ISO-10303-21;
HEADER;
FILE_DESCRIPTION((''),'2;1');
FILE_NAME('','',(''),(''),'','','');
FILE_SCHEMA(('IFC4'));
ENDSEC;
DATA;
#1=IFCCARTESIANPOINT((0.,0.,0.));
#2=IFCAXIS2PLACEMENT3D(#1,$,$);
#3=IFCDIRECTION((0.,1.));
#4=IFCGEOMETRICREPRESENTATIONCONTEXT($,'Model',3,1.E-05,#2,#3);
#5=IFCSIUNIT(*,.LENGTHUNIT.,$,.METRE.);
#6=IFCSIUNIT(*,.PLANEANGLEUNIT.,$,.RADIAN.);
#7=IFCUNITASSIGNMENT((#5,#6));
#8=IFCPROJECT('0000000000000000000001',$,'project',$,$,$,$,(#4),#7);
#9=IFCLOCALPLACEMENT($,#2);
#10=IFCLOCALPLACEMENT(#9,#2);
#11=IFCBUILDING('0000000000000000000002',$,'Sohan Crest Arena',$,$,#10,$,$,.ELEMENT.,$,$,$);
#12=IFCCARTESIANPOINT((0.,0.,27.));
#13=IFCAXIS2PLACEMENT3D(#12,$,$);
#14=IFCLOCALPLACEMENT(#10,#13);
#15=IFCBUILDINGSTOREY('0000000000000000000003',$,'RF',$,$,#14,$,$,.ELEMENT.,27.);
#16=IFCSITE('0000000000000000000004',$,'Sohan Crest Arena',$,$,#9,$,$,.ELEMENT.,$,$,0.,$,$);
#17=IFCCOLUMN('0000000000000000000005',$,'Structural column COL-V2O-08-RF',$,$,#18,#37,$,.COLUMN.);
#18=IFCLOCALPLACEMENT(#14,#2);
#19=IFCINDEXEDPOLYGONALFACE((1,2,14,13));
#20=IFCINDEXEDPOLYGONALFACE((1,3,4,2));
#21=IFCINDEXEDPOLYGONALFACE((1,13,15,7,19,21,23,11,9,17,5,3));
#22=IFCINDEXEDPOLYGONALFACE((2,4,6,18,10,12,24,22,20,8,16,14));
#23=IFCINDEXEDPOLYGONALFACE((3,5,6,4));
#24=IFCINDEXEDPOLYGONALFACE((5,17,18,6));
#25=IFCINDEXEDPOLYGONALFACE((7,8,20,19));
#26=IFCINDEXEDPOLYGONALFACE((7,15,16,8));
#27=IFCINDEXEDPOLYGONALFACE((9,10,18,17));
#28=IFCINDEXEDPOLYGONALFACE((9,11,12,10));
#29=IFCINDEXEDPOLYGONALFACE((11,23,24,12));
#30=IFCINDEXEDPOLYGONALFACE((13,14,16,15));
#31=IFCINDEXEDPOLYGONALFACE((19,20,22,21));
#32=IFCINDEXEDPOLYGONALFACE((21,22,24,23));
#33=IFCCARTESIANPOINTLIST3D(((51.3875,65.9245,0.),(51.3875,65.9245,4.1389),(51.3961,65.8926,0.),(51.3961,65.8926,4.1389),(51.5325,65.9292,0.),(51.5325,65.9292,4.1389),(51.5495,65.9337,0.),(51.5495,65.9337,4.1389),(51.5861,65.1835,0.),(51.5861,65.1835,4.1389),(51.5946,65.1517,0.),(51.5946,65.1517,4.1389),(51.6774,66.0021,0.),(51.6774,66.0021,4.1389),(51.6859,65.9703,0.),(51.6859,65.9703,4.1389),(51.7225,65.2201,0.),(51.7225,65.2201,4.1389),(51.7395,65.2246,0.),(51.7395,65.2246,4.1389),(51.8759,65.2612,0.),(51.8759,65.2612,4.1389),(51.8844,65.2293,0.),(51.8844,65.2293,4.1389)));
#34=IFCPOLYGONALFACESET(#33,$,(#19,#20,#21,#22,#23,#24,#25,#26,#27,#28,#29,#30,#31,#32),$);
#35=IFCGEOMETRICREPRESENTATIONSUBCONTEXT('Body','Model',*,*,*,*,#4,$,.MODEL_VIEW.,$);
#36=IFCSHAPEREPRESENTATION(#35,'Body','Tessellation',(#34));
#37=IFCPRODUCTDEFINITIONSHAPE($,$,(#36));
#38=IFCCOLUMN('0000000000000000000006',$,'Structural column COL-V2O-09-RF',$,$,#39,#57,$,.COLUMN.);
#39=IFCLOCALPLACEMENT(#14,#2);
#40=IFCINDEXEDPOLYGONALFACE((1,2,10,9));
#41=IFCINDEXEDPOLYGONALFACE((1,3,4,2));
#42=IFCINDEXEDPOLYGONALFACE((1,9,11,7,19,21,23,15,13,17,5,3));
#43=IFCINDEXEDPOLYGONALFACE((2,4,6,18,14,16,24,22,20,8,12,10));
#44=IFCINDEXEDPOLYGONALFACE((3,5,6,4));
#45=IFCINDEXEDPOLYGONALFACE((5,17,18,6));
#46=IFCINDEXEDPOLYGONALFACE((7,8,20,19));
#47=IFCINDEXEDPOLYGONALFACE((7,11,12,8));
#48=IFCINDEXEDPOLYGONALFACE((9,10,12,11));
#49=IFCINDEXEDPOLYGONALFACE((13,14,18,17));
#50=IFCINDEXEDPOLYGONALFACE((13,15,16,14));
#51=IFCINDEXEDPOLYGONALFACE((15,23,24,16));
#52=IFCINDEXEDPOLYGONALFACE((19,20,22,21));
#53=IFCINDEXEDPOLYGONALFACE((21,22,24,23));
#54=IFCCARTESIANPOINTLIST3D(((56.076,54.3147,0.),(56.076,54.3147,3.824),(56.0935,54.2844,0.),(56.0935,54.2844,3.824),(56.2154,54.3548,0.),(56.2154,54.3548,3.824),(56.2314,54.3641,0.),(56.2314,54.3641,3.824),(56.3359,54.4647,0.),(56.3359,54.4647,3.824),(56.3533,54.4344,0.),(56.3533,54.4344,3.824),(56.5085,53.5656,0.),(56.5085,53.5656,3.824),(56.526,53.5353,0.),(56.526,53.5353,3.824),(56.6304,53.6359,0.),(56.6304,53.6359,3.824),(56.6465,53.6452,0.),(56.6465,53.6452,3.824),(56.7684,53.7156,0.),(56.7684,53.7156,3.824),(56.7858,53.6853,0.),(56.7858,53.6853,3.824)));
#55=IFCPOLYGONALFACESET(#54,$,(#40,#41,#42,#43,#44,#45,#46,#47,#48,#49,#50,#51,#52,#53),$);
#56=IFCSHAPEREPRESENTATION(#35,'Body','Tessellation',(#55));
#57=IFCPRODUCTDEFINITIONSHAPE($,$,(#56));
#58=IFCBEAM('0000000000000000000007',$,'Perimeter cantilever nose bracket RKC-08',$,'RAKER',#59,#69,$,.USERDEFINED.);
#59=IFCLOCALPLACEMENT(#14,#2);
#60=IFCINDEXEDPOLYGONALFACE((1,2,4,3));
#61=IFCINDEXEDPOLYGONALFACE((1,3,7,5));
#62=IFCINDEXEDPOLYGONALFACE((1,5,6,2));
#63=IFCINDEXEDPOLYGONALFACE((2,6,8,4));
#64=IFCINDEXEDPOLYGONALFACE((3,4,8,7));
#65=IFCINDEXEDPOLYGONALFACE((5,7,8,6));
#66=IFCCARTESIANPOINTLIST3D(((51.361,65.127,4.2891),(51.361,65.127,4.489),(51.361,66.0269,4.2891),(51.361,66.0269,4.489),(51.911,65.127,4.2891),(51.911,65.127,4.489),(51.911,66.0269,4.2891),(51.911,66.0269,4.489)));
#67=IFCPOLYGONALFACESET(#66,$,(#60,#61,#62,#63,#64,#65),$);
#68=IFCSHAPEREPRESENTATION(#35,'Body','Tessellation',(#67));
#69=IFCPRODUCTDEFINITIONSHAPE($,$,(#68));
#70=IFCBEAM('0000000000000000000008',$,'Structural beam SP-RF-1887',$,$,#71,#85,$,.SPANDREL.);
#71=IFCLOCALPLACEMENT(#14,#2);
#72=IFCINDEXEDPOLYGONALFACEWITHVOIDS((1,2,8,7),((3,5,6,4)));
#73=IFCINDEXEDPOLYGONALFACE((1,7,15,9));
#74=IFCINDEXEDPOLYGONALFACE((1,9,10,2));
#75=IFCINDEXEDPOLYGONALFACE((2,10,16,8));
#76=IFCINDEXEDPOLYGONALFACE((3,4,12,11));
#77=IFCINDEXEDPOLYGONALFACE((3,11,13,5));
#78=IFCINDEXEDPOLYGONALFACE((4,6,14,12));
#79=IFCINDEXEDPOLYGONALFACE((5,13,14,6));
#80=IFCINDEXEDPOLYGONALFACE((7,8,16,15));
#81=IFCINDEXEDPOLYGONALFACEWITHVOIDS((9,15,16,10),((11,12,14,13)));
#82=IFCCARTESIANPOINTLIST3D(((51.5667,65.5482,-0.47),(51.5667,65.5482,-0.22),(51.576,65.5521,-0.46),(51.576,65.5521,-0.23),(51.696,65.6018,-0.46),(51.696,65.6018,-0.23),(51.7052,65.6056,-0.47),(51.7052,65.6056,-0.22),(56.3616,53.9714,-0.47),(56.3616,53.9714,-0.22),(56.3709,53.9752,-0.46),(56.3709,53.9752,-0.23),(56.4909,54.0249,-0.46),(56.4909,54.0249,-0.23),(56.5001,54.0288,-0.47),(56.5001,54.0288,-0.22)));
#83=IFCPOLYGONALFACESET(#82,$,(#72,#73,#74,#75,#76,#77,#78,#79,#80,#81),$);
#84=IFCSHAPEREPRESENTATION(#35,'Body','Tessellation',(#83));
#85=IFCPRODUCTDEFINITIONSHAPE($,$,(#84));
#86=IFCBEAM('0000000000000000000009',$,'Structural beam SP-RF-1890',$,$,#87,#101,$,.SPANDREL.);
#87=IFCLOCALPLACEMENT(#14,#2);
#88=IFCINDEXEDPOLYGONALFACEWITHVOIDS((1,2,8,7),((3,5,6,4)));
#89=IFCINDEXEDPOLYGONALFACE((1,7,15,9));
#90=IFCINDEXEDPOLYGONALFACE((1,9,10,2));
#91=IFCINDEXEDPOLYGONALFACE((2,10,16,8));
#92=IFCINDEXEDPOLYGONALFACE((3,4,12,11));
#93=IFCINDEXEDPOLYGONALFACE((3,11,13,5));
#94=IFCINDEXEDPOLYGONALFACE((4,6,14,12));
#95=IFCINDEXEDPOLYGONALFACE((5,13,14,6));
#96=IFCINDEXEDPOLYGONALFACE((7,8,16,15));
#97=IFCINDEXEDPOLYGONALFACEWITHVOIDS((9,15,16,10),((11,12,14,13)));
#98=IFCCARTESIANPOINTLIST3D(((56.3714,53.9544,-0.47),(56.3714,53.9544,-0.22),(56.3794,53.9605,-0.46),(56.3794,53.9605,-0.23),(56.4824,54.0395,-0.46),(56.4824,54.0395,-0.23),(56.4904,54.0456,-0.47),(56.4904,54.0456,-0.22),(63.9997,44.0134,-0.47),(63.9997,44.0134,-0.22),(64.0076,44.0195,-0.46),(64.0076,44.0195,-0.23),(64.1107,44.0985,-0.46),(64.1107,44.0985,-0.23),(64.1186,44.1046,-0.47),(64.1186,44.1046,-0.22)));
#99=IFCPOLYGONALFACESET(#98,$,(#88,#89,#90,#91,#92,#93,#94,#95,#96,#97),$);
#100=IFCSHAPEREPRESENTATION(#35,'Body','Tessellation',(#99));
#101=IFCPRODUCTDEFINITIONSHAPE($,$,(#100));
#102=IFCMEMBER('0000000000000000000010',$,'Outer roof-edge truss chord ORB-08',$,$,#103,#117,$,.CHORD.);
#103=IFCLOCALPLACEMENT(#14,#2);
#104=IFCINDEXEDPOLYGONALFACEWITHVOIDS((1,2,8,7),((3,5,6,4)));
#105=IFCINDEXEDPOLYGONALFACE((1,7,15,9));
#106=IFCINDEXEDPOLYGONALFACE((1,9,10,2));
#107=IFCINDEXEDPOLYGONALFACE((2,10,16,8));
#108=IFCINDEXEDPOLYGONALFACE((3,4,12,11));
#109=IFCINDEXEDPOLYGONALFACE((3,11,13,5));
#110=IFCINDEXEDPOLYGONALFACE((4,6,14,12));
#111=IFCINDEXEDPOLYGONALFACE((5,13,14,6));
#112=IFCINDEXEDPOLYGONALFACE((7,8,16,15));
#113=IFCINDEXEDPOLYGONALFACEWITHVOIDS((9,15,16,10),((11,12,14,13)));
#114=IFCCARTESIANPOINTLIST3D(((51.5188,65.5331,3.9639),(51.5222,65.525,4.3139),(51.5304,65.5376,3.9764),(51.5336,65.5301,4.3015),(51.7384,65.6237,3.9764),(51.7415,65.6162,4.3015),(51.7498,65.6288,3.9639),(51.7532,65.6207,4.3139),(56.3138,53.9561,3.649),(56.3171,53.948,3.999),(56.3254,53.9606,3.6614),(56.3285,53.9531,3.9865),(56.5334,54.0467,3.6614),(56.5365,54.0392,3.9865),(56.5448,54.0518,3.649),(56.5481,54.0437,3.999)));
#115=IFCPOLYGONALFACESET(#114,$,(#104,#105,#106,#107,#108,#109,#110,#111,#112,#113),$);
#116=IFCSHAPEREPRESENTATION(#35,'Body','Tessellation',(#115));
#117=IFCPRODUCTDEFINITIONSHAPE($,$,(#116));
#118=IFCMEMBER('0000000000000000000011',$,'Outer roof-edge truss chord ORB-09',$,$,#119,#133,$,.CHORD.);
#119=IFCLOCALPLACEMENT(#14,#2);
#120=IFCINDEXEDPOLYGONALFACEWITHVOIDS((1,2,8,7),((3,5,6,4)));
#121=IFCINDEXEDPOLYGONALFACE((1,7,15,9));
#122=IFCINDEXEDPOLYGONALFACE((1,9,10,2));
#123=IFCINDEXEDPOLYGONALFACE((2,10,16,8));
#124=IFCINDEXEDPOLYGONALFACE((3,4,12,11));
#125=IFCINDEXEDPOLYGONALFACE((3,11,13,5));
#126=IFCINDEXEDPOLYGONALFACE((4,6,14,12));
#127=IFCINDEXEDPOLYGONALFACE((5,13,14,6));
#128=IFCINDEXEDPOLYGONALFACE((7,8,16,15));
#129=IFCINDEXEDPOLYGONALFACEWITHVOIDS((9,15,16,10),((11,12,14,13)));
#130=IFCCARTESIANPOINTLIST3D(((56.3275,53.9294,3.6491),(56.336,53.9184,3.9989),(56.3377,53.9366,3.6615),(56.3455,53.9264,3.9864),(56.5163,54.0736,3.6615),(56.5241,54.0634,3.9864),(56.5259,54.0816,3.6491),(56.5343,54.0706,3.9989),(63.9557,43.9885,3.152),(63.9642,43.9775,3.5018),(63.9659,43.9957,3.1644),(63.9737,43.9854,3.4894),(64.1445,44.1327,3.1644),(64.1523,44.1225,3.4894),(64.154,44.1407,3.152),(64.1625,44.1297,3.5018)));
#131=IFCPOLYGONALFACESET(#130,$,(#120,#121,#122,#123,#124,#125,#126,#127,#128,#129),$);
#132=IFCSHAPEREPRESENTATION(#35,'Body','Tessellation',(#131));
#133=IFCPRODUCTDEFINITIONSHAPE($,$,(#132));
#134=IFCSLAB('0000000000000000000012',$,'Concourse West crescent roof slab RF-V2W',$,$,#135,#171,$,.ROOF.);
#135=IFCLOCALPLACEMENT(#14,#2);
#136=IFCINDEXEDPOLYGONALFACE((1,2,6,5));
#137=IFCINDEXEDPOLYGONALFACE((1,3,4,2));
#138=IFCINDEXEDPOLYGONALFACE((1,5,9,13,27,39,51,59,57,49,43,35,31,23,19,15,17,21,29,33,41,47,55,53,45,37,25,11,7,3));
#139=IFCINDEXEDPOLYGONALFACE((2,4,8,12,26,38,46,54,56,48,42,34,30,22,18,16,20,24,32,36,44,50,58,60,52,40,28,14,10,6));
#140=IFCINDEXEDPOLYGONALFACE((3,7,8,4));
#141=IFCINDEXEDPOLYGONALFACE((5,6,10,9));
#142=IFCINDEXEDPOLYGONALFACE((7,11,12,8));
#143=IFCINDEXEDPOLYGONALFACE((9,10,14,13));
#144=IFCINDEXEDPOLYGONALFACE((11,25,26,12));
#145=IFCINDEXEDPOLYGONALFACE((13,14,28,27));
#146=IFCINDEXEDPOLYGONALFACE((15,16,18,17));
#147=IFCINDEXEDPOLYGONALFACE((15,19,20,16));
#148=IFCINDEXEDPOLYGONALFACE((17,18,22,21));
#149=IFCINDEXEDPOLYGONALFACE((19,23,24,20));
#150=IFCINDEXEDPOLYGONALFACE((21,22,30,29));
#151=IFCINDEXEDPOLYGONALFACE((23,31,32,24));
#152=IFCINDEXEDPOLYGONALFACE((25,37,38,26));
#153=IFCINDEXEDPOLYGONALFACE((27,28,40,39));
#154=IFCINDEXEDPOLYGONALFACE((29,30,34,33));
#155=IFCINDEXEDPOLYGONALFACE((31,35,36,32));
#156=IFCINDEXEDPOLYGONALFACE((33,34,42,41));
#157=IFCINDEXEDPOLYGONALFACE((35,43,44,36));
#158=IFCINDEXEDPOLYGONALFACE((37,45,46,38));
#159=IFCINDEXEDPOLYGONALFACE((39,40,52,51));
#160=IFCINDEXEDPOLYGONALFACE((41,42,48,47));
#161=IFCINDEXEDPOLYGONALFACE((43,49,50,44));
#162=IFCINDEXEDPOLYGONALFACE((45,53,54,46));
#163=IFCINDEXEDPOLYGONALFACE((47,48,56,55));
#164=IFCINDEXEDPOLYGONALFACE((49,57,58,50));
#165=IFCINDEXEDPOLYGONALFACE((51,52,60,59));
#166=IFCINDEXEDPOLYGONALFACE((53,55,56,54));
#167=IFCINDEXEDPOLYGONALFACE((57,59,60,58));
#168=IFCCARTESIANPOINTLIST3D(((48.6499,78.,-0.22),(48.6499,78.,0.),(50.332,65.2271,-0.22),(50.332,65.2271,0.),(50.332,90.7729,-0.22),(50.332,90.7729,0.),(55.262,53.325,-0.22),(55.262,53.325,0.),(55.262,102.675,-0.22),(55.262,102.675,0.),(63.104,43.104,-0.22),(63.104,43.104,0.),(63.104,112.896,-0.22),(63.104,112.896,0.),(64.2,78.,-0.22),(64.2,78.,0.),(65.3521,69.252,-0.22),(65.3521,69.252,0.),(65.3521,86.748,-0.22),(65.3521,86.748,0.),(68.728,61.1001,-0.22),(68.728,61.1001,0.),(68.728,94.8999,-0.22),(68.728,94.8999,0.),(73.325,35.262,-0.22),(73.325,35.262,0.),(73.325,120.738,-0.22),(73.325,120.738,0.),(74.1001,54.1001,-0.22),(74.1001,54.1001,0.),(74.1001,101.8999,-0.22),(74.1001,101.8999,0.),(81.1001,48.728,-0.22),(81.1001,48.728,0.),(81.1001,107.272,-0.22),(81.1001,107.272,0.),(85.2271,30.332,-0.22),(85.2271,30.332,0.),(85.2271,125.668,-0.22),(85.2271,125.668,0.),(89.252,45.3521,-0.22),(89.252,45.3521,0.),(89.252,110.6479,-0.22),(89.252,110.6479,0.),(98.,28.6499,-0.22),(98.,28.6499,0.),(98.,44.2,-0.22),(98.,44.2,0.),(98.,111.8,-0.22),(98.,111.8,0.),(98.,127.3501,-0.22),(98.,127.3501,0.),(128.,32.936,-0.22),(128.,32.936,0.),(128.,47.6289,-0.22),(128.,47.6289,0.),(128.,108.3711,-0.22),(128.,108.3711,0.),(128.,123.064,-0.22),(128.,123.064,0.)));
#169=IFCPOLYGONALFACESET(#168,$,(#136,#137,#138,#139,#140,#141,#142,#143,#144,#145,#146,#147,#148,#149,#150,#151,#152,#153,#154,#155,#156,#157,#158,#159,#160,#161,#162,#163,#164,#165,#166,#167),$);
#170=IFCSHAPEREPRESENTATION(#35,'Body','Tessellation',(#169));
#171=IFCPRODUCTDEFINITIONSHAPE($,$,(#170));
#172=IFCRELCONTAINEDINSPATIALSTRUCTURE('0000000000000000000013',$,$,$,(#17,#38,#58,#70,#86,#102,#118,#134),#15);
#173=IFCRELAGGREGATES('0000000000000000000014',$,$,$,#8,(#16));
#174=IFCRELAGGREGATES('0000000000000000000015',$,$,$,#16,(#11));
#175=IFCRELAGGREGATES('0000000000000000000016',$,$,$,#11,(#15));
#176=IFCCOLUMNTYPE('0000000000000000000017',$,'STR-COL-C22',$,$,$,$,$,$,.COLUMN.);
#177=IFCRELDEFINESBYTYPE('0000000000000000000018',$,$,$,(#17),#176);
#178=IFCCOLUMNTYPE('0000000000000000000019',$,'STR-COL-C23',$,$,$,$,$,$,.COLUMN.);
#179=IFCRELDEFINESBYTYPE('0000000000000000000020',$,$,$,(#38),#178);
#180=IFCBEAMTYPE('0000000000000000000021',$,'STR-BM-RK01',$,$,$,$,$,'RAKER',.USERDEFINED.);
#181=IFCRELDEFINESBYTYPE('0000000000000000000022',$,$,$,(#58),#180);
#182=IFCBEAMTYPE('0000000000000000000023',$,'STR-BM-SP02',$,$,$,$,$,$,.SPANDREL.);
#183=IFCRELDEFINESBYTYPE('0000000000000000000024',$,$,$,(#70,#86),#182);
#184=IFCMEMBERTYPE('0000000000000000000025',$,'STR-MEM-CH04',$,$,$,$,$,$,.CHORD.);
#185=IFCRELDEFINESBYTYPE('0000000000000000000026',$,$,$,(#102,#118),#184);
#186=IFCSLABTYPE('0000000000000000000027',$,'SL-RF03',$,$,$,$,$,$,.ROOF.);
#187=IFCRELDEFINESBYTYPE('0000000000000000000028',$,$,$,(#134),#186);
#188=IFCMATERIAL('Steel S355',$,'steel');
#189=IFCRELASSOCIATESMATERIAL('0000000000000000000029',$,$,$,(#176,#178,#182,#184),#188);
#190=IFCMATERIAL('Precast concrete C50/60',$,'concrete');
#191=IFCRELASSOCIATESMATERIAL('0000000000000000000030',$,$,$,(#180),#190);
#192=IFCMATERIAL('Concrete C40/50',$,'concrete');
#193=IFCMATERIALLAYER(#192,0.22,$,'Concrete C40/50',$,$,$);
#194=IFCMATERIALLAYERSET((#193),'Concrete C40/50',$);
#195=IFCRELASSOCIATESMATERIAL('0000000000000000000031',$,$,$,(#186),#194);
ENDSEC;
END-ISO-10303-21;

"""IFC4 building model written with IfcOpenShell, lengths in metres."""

from ifc_helpers import new_model, si_unit, direction, frame, origin, origin_2d, place, context, subcontext, project, spatial, polyline, rectangle, hollow_rectangle, i_section, outline, extrude, material, layer, layer_set, material_profile, profile_set, type_object, element, save


model = new_model("IFC4")

# Units and contexts
model_context = context("Model", 3, precision=1e-05, world=origin(), true_north=direction((0.0, 1.0)))
body_context = subcontext(model_context, "Body", "Model", "MODEL_VIEW")
ifc_project = project(units=[si_unit("LENGTHUNIT", "METRE"), si_unit("PLANEANGLEUNIT", "RADIAN")], contexts=[model_context])

# Site, building, storey
site_placement = place(None, origin())
site = spatial("IfcSite", under=ifc_project, at=site_placement, Name="Sohan Crest Arena", CompositionType="ELEMENT", RefElevation=0.0)
building_placement = place(site_placement, origin())
building = spatial("IfcBuilding", under=site, at=building_placement, Name="Sohan Crest Arena", CompositionType="ELEMENT")
storey_placement = place(building_placement, frame((0.0, 0.0, 27.0)))
storey = spatial("IfcBuildingStorey", under=building, at=storey_placement, Name="RF", CompositionType="ELEMENT", Elevation=27.0)

# Columns
ifc_material_1 = material(Name="Steel S355", Category="steel")
ifc_material_profile_1 = material_profile(ifc_material_1, i_section(OverallWidth=0.3, OverallDepth=0.8, WebThickness=0.0176, FlangeThickness=0.033, at=origin_2d()), Name="HEB 800")
ifc_profile_set_1 = profile_set([ifc_material_profile_1], Name="Steel S355")
column_type_1 = type_object("IfcColumnType", Name="STR-COL-C22", PredefinedType="COLUMN", material=ifc_profile_set_1)
column_1_placement = place(storey_placement, frame((51.636, 65.5769, 0.0), z_axis=(0.0, 0.0, 1.0), x_axis=(0.965926, 0.258819, 0.0)))
element("IfcColumn", 1, at=column_1_placement, inside=storey, type_object=column_type_1, Name="Structural column COL-V2O-08-RF", PredefinedType="COLUMN", context=body_context, shape_type="SweptSolid", body=[
    extrude(i_section(OverallWidth=0.3, OverallDepth=0.8, WebThickness=0.0176, FlangeThickness=0.033, at=origin_2d()), origin(), (0.0, 0.0, 1.0), 4.1389),
])
ifc_material_profile_2 = material_profile(ifc_material_1, i_section(OverallWidth=0.3, OverallDepth=0.8999, WebThickness=0.0186, FlangeThickness=0.0349, at=origin_2d()), Name="HEB 900")
ifc_profile_set_2 = profile_set([ifc_material_profile_2], Name="Steel S355")
column_type_2 = type_object("IfcColumnType", Name="STR-COL-C23", PredefinedType="COLUMN", material=ifc_profile_set_2)
column_2_placement = place(storey_placement, frame((56.4309, 54.0, 0.0), z_axis=(0.0, 0.0, 1.0), x_axis=(0.866025, 0.5, 0.0)))
element("IfcColumn", 2, at=column_2_placement, inside=storey, type_object=column_type_2, Name="Structural column COL-V2O-09-RF", PredefinedType="COLUMN", context=body_context, shape_type="SweptSolid", body=[
    extrude(i_section(OverallWidth=0.3, OverallDepth=0.8999, WebThickness=0.0186, FlangeThickness=0.0349, at=origin_2d()), origin(), (0.0, 0.0, 1.0), 3.824),
])

# Beams
ifc_material_2 = material(Name="Precast concrete C50/60", Category="concrete")
ifc_material_profile_3 = material_profile(ifc_material_2, rectangle(XDim=0.55, YDim=0.8999, at=origin_2d()), Name="RAKER 550x900")
ifc_profile_set_3 = profile_set([ifc_material_profile_3], Name="Precast concrete C50/60")
beam_type_1 = type_object("IfcBeamType", Name="STR-BM-RK01", ElementType="RAKER", PredefinedType="USERDEFINED", material=ifc_profile_set_3)
beam_placement = place(storey_placement, frame((51.636, 65.5769, 4.489), z_axis=(0.0, 0.0, -1.0), x_axis=(1.0, 0.0, 0.0)))
element("IfcBeam", 3, at=beam_placement, inside=storey, type_object=beam_type_1, Name="Perimeter cantilever nose bracket RKC-08", ObjectType="RAKER", PredefinedType="USERDEFINED", context=body_context, shape_type="SweptSolid", body=[
    extrude(rectangle(XDim=0.55, YDim=0.8999, at=origin_2d()), origin(), (0.0, 0.0, 1.0), 0.2),
])
ifc_material_profile_4 = material_profile(ifc_material_1, hollow_rectangle(XDim=0.1499, YDim=0.25, WallThickness=0.01, at=origin_2d()), Name="RHS 250x150x10")
ifc_profile_set_4 = profile_set([ifc_material_profile_4], Name="Steel S355")
beam_type_2 = type_object("IfcBeamType", Name="STR-BM-SP02", PredefinedType="SPANDREL", material=ifc_profile_set_4)
for number, where, z_axis, x_axis, name in (
    (4, (51.636, 65.5769, -0.345), (0.382657, -0.923891, 0.0), (0.923891, 0.382657, 0.0), "Structural beam SP-RF-1887"),
    (5, (56.4309, 54.0, -0.345), (0.608773, -0.793344, 0.0), (0.793344, 0.608773, 0.0), "Structural beam SP-RF-1890"),
):
    element("IfcBeam", number, at=place(storey_placement, frame(where, z_axis=z_axis, x_axis=x_axis)), inside=storey, type_object=beam_type_2, Name=name, PredefinedType="SPANDREL", context=body_context, shape_type="SweptSolid", body=[
        extrude(hollow_rectangle(XDim=0.1499, YDim=0.25, WallThickness=0.01, at=origin_2d()), origin(), (0.0, 0.0, 1.0), 12.5305),
    ])

# Members
ifc_material_profile_5 = material_profile(ifc_material_1, hollow_rectangle(XDim=0.25, YDim=0.3501, WallThickness=0.0125, at=origin_2d()), Name="RHS 350x250x12.5")
ifc_profile_set_5 = profile_set([ifc_material_profile_5], Name="Steel S355")
member_type = type_object("IfcMemberType", Name="STR-MEM-CH04", PredefinedType="CHORD", material=ifc_profile_set_5)
member_1_placement = place(storey_placement, frame((51.636, 65.5769, 4.1389), z_axis=(0.382536, -0.923599, -0.025126), x_axis=(0.923891, 0.382657, 0.0)))
element("IfcMember", 6, at=member_1_placement, inside=storey, type_object=member_type, Name="Outer roof-edge truss chord ORB-08", PredefinedType="CHORD", context=body_context, shape_type="SweptSolid", body=[
    extrude(hollow_rectangle(XDim=0.25, YDim=0.3501, WallThickness=0.0125, at=origin_2d()), origin(), (0.0, 0.0, 1.0), 12.5347),
])
member_2_placement = place(storey_placement, frame((56.4309, 54.0, 3.824), z_axis=(0.608295, -0.792721, -0.039638), x_axis=(0.793344, 0.608773, 0.0)))
element("IfcMember", 7, at=member_2_placement, inside=storey, type_object=member_type, Name="Outer roof-edge truss chord ORB-09", PredefinedType="CHORD", context=body_context, shape_type="SweptSolid", body=[
    extrude(hollow_rectangle(XDim=0.25, YDim=0.3501, WallThickness=0.0125, at=origin_2d()), origin(), (0.0, 0.0, 1.0), 12.5403),
])

# Slab
ifc_material_3 = material(Name="Concrete C40/50", Category="concrete")
ifc_layer_1 = layer(ifc_material_3, 0.22, Name="Concrete C40/50")
ifc_layer_set_1 = layer_set([ifc_layer_1], Name="Concrete C40/50")
slab_type = type_object("IfcSlabType", Name="SL-RF03", PredefinedType="ROOF", material=ifc_layer_set_1)
slab_placement = place(storey_placement, frame((0.0, 0.0, -0.22)))
element("IfcSlab", 8, at=slab_placement, inside=storey, type_object=slab_type, Name="Concourse West crescent roof slab RF-V2W", PredefinedType="ROOF", context=body_context, shape_type="SweptSolid", body=[
    extrude(outline(polyline([(128.0, 32.936), (98.0, 28.6499), (85.2271, 30.332), (73.325, 35.262), (63.104, 43.104), (55.262, 53.325), (50.332, 65.2271), (48.6499, 78.0), (50.332, 90.7729), (55.262, 102.675), (63.104, 112.896), (73.325, 120.738), (85.2271, 125.668), (98.0, 127.3501), (128.0, 123.064), (128.0, 108.3711), (98.0, 111.8), (89.252, 110.6479), (81.1001, 107.272), (74.1001, 101.8999), (68.728, 94.8999), (65.3521, 86.748), (64.2, 78.0), (65.3521, 69.252), (68.728, 61.1001), (74.1001, 54.1001), (81.1001, 48.728), (89.252, 45.3521), (98.0, 44.2), (128.0, 47.6289), (128.0, 32.936)])), origin(), (0.0, 0.0, 1.0), 0.22),
])

save(model, "model.ifc")
